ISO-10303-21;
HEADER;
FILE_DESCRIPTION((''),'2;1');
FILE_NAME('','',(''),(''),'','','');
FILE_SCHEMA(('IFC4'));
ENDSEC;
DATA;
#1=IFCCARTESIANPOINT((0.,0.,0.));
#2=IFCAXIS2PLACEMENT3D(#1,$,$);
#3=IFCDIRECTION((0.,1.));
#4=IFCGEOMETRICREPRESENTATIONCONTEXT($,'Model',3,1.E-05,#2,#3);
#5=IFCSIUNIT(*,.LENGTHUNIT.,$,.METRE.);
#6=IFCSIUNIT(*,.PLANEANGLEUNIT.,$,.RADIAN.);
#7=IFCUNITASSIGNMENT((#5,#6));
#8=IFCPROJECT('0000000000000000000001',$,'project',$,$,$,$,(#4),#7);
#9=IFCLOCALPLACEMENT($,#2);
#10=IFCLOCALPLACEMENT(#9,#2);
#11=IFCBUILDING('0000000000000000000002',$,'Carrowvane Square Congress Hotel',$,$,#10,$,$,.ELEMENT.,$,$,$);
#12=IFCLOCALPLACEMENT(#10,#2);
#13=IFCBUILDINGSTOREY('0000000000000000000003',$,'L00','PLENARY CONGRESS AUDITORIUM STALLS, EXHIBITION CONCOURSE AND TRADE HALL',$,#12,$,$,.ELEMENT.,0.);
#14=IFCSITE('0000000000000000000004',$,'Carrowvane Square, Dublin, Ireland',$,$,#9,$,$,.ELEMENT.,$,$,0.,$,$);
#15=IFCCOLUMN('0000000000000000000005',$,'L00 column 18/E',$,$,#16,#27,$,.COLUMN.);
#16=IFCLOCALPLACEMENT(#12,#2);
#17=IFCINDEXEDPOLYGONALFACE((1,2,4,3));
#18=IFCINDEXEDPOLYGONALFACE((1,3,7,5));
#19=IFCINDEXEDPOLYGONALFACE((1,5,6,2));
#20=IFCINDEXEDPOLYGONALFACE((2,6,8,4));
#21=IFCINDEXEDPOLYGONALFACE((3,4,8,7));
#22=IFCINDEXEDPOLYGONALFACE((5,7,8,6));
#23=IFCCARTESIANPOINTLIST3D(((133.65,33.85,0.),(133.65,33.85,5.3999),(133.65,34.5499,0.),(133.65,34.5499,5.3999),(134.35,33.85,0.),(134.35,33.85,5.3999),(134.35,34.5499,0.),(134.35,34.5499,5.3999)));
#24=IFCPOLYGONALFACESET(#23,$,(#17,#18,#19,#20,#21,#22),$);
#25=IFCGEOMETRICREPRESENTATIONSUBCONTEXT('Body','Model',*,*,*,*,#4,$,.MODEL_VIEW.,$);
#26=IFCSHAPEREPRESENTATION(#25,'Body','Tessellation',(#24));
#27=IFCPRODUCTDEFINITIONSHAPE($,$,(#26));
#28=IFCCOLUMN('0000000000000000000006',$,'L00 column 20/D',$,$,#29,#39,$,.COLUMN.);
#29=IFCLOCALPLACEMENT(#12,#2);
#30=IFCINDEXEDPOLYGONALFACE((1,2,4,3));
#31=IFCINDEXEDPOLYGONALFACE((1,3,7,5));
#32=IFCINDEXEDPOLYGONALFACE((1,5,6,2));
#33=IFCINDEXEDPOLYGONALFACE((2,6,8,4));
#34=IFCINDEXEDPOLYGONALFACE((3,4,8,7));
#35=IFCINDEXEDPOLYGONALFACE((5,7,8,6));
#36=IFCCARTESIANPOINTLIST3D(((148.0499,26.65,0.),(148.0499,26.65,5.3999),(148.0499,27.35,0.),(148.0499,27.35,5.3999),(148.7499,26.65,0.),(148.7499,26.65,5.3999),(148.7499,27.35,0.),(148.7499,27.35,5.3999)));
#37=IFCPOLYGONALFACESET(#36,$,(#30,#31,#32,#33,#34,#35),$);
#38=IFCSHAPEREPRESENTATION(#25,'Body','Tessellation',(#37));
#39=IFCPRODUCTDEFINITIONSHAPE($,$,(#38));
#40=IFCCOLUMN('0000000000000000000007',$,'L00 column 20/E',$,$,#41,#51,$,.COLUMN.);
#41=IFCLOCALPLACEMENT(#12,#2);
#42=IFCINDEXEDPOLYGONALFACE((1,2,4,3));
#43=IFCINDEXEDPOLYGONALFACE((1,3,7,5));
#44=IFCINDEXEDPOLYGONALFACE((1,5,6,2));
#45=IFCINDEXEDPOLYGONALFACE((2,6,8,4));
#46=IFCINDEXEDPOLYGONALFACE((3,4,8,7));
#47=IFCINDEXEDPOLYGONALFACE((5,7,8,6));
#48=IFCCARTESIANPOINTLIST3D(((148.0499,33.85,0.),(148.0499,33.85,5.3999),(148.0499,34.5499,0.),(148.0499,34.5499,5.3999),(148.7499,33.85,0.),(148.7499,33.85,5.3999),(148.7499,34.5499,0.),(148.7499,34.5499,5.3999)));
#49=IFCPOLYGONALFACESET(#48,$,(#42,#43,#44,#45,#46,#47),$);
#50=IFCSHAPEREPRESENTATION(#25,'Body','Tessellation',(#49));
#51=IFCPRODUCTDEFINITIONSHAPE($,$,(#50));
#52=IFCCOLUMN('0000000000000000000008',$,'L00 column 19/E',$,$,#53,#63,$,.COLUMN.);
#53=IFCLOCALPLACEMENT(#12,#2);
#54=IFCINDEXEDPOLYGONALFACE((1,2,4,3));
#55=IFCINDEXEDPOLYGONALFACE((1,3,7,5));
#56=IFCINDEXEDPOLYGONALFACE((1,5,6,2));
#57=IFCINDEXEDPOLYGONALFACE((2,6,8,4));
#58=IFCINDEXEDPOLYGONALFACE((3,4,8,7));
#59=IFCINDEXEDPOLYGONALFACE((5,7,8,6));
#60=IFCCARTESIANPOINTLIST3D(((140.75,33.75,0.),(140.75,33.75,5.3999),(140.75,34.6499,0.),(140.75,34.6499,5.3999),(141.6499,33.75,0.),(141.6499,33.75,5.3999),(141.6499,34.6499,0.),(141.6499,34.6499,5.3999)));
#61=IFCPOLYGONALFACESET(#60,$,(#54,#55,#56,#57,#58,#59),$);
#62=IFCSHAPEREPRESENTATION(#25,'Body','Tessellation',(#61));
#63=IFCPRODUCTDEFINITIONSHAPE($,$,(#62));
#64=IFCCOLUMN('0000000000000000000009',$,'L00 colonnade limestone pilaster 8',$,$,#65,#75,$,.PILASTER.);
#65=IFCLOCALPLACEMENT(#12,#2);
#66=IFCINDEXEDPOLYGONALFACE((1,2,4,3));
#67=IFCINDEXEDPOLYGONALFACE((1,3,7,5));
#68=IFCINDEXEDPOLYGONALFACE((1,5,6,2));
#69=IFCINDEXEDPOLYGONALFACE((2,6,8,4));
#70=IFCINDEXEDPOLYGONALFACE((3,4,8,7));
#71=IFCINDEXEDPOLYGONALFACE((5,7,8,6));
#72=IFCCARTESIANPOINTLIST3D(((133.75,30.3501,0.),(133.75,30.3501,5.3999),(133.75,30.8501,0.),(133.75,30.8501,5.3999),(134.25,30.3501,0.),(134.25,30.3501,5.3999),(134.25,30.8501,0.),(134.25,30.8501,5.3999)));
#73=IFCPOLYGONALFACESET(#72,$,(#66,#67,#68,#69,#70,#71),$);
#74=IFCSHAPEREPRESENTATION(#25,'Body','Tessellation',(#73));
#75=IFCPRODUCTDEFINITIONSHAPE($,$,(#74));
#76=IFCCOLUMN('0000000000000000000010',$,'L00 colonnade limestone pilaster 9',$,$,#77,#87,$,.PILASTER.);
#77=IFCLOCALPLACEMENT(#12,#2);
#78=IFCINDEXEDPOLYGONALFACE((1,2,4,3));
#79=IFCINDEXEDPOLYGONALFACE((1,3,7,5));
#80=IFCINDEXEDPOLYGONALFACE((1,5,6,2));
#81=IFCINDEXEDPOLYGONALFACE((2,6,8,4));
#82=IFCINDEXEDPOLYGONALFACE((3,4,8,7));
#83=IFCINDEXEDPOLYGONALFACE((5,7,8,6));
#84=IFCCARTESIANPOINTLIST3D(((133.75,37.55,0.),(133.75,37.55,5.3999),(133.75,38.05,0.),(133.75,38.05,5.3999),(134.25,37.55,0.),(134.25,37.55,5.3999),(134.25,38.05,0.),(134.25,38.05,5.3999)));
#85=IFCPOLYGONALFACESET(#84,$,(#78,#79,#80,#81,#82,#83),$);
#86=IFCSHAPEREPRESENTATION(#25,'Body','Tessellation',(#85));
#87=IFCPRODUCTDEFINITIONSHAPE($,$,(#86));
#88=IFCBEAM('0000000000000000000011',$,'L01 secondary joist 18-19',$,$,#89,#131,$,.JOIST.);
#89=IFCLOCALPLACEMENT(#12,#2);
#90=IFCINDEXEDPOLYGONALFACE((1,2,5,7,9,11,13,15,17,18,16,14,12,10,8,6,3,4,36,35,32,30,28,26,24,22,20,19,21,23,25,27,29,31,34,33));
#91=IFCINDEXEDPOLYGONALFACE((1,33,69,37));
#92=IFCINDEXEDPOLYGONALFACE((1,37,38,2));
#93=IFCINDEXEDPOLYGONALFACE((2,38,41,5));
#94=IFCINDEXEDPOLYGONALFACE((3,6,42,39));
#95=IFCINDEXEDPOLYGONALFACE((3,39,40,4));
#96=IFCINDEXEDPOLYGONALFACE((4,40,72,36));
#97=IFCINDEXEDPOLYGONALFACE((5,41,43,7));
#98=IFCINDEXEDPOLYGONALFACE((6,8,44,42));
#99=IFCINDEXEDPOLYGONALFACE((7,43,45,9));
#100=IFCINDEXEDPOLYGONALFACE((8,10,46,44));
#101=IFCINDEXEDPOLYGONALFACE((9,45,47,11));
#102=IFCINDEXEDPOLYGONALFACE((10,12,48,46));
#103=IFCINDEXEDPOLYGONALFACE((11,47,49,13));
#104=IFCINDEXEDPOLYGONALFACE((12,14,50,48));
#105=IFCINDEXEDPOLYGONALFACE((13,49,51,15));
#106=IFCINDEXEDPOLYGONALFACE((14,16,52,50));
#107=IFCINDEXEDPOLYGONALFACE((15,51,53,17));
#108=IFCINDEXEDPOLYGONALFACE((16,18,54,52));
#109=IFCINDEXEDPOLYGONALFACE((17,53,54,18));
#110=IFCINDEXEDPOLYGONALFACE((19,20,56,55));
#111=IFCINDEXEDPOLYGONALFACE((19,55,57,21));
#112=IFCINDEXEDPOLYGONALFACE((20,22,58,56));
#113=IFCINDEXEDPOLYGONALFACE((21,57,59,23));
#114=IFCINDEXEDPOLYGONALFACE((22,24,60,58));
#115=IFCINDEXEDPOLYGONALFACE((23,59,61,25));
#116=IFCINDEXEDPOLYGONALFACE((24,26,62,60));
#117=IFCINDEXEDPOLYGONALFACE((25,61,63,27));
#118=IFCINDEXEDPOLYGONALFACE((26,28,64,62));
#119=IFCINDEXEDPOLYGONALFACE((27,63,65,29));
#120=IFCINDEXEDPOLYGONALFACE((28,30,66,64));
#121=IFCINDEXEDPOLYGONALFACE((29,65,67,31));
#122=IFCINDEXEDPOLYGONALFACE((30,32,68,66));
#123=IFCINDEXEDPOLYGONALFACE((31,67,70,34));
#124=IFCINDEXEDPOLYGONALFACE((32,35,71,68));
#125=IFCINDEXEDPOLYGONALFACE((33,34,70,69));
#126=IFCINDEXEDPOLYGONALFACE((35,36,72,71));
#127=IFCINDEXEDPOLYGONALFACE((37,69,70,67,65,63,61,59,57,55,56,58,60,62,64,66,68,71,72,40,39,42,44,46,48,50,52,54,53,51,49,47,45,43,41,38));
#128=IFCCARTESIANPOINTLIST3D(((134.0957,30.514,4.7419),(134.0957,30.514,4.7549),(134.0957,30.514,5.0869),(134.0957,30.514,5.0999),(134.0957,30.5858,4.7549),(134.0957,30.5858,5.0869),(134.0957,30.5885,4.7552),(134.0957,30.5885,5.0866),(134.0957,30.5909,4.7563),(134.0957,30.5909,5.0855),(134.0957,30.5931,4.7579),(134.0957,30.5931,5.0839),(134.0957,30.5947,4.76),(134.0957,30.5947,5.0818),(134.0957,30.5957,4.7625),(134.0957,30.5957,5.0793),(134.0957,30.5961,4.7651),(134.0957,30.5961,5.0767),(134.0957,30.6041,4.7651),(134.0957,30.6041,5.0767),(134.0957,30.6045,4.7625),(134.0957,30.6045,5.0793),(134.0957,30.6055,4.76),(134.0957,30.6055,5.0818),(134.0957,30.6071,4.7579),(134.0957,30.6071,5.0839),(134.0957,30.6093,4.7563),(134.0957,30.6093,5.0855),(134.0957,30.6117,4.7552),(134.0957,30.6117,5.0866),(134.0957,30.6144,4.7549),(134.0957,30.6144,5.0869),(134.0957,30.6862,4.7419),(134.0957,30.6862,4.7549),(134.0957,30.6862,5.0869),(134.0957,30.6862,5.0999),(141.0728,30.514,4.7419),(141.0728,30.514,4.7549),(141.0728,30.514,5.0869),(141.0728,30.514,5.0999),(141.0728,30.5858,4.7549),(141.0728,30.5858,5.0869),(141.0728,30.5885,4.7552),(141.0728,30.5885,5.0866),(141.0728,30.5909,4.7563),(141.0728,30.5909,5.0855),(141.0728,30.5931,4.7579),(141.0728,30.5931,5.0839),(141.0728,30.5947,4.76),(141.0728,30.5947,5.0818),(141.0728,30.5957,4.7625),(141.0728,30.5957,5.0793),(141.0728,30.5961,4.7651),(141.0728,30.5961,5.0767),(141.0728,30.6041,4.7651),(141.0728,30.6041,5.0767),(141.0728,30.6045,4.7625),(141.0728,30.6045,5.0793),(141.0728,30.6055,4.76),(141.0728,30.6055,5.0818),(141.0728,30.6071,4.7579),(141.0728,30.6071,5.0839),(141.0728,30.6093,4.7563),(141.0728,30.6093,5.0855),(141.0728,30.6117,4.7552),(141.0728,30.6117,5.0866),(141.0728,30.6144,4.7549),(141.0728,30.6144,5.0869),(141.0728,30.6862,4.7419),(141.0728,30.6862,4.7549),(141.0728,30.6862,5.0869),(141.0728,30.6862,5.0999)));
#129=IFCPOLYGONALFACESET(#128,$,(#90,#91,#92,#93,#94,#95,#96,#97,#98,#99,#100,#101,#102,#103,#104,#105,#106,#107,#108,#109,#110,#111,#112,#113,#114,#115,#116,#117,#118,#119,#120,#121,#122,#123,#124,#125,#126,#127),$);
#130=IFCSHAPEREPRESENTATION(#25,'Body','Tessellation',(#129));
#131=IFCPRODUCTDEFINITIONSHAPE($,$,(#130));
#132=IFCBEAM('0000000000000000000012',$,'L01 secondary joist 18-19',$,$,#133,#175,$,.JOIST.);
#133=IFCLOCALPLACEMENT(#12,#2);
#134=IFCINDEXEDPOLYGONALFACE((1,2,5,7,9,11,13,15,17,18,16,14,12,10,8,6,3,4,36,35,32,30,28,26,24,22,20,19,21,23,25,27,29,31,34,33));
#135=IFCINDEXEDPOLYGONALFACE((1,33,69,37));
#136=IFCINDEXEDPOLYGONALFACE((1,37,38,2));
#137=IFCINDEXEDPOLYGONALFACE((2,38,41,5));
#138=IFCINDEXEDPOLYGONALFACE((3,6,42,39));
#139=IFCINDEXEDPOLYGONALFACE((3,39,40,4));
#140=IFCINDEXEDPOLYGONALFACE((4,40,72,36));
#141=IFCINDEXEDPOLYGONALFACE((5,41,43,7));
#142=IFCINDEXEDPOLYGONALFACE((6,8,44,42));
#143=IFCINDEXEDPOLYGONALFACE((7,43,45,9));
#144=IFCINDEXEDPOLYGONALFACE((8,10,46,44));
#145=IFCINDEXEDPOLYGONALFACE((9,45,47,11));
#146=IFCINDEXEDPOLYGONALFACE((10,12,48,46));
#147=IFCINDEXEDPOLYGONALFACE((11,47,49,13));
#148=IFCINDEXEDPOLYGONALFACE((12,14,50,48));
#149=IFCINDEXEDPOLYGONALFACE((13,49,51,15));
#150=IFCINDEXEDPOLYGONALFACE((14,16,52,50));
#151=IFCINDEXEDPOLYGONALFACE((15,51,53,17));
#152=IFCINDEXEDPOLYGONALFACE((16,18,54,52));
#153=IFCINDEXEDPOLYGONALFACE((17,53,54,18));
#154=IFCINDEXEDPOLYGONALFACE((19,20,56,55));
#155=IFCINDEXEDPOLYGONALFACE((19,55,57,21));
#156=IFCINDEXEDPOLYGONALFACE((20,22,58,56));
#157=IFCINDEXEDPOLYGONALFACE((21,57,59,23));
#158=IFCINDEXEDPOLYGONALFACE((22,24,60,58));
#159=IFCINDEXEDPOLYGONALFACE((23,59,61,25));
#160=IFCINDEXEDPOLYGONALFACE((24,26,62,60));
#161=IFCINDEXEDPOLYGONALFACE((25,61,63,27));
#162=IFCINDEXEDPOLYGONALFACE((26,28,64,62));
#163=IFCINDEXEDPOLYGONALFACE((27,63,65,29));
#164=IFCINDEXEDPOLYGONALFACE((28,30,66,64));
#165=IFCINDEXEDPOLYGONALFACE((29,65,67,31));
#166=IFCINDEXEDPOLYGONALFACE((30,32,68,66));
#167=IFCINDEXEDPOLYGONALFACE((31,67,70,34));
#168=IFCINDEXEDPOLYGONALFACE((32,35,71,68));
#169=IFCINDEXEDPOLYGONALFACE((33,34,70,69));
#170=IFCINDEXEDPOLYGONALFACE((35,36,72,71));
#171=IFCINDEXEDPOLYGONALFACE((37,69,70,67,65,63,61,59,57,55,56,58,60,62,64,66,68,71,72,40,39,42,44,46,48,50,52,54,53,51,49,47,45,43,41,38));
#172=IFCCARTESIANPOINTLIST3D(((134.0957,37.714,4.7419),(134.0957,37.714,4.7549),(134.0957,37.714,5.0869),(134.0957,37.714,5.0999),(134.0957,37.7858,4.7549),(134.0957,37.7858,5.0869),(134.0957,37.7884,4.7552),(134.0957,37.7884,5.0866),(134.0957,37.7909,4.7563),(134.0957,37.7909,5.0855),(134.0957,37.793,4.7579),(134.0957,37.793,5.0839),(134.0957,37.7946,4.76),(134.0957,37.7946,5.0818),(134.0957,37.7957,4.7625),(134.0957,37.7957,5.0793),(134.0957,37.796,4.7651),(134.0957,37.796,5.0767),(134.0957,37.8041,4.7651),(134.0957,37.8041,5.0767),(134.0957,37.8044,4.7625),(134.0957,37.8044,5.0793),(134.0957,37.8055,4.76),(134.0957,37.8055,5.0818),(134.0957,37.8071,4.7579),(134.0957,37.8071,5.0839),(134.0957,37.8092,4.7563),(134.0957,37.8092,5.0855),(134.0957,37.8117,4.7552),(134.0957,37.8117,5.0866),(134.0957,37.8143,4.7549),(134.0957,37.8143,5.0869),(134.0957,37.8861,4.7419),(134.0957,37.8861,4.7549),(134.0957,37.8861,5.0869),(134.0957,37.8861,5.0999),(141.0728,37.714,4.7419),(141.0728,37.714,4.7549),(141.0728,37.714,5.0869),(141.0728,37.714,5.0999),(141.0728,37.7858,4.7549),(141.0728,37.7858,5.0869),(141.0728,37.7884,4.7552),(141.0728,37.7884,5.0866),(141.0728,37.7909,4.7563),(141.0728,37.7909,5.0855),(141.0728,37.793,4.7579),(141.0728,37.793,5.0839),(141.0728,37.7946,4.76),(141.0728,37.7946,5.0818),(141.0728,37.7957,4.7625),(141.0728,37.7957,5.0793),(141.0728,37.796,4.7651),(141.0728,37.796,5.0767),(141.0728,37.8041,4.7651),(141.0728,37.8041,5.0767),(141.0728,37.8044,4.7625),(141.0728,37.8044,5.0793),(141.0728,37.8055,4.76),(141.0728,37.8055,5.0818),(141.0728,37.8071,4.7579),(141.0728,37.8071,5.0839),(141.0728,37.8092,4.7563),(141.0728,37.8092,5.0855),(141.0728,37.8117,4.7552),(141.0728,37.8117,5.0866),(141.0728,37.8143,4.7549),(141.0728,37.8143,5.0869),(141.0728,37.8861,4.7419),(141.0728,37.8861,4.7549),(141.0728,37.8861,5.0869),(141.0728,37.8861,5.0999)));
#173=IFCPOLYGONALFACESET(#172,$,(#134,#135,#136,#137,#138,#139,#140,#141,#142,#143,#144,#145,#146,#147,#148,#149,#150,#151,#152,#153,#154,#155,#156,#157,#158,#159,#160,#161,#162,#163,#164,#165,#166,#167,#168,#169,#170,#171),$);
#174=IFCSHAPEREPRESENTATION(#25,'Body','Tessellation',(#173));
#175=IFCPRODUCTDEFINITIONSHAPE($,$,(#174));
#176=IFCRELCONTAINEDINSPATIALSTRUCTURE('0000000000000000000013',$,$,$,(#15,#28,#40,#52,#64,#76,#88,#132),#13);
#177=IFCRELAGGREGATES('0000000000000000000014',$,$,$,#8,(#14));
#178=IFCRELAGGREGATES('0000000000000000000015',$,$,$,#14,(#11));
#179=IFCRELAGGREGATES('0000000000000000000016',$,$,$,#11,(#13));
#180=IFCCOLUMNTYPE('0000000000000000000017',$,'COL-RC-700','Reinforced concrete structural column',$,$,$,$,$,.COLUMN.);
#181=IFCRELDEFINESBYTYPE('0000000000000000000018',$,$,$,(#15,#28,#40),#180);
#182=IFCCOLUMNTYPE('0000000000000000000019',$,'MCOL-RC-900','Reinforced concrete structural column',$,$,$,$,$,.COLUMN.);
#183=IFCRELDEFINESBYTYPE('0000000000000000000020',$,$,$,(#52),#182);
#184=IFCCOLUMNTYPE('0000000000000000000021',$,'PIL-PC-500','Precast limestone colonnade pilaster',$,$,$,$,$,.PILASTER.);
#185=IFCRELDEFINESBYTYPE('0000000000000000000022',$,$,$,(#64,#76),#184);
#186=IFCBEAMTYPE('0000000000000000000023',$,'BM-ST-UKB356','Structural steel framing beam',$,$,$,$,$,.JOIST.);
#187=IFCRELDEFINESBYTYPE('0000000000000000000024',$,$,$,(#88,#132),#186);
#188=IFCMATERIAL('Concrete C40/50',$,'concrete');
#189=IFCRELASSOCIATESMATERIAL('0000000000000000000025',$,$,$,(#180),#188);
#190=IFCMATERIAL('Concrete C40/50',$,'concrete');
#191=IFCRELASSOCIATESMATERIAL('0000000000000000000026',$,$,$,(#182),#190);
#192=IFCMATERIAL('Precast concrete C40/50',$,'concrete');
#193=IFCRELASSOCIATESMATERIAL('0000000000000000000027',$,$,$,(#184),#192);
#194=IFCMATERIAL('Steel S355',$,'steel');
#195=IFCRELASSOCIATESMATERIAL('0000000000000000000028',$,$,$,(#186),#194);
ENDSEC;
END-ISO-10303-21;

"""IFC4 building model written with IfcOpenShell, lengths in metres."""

from ifc_helpers import new_model, si_unit, direction, frame, origin, origin_2d, place, context, subcontext, project, spatial, rectangle, i_section, extrude, material, material_profile, profile_set, type_object, element, save


model = new_model("IFC4")

# Units and contexts
model_context = context("Model", 3, precision=1e-05, world=origin(), true_north=direction((0.0, 1.0)))
body_context = subcontext(model_context, "Body", "Model", "MODEL_VIEW")
ifc_project = project(units=[si_unit("LENGTHUNIT", "METRE"), si_unit("PLANEANGLEUNIT", "RADIAN")], contexts=[model_context])

# Site, building, storey
site_placement = place(None, origin())
site = spatial("IfcSite", under=ifc_project, at=site_placement, Name="Carrowvane Square, Dublin, Ireland", CompositionType="ELEMENT", RefElevation=0.0)
building_placement = place(site_placement, origin())
building = spatial("IfcBuilding", under=site, at=building_placement, Name="Carrowvane Square Congress Hotel", CompositionType="ELEMENT")
storey_placement = place(building_placement, origin())
storey = spatial("IfcBuildingStorey", under=building, at=storey_placement, Name="L00", Description="PLENARY CONGRESS AUDITORIUM STALLS, EXHIBITION CONCOURSE AND TRADE HALL", CompositionType="ELEMENT", Elevation=0.0)

# Columns
ifc_material_1 = material(Name="Concrete C40/50", Category="concrete")
ifc_material_profile_1 = material_profile(ifc_material_1, rectangle(XDim=0.7, YDim=0.7, at=origin_2d()), Name="RC 700x700")
ifc_profile_set_1 = profile_set([ifc_material_profile_1], Name="Concrete C40/50")
column_type_1 = type_object("IfcColumnType", Name="COL-RC-700", Description="Reinforced concrete structural column", PredefinedType="COLUMN", material=ifc_profile_set_1)
for number, where, z_axis, x_axis, name in (
    (1, (134.0, 34.2, 0.0), (0.0, 0.0, 1.0), (1.0, 0.0, 0.0), "L00 column 18/E"),
    (2, (148.3999, 27.0, 0.0), (0.0, 0.0, 1.0), (1.0, 0.0, 0.0), "L00 column 20/D"),
    (3, (148.3999, 34.2, 0.0), (0.0, 0.0, 1.0), (1.0, 0.0, 0.0), "L00 column 20/E"),
):
    element("IfcColumn", number, at=place(storey_placement, frame(where, z_axis=z_axis, x_axis=x_axis)), inside=storey, type_object=column_type_1, Name=name, PredefinedType="COLUMN", context=body_context, shape_type="SweptSolid", body=[
        extrude(rectangle(XDim=0.7, YDim=0.7, at=origin_2d()), origin(), (0.0, 0.0, 1.0), 5.3999),
    ])
ifc_material_2 = material(Name="Concrete C40/50", Category="concrete")
ifc_material_profile_2 = material_profile(ifc_material_2, rectangle(XDim=0.8999, YDim=0.8999, at=origin_2d()), Name="RC 900x900")
ifc_profile_set_2 = profile_set([ifc_material_profile_2], Name="Concrete C40/50")
column_type_2 = type_object("IfcColumnType", Name="MCOL-RC-900", Description="Reinforced concrete structural column", PredefinedType="COLUMN", material=ifc_profile_set_2)
column_placement = place(storey_placement, frame((141.2, 34.2, 0.0), z_axis=(0.0, 0.0, 1.0), x_axis=(1.0, 0.0, 0.0)))
element("IfcColumn", 4, at=column_placement, inside=storey, type_object=column_type_2, Name="L00 column 19/E", PredefinedType="COLUMN", context=body_context, shape_type="SweptSolid", body=[
    extrude(rectangle(XDim=0.8999, YDim=0.8999, at=origin_2d()), origin(), (0.0, 0.0, 1.0), 5.3999),
])
ifc_material_3 = material(Name="Precast concrete C40/50", Category="concrete")
ifc_material_profile_3 = material_profile(ifc_material_3, rectangle(XDim=0.5, YDim=0.5, at=origin_2d()), Name="RC 500x500")
ifc_profile_set_3 = profile_set([ifc_material_profile_3], Name="Precast concrete C40/50")
column_type_3 = type_object("IfcColumnType", Name="PIL-PC-500", Description="Precast limestone colonnade pilaster", PredefinedType="PILASTER", material=ifc_profile_set_3)
for number, where, z_axis, x_axis, name in (
    (5, (134.0, 30.6001, 0.0), (0.0, 0.0, 1.0), (1.0, 0.0, 0.0), "L00 colonnade limestone pilaster 8"),
    (6, (134.0, 37.8, 0.0), (0.0, 0.0, 1.0), (1.0, 0.0, 0.0), "L00 colonnade limestone pilaster 9"),
):
    element("IfcColumn", number, at=place(storey_placement, frame(where, z_axis=z_axis, x_axis=x_axis)), inside=storey, type_object=column_type_3, Name=name, PredefinedType="PILASTER", context=body_context, shape_type="SweptSolid", body=[
        extrude(rectangle(XDim=0.5, YDim=0.5, at=origin_2d()), origin(), (0.0, 0.0, 1.0), 5.3999),
    ])

# Beams
ifc_material_4 = material(Name="Steel S355", Category="steel")
ifc_material_profile_4 = material_profile(ifc_material_4, i_section(OverallWidth=0.1721, OverallDepth=0.3579, WebThickness=0.0081, FlangeThickness=0.0129, FilletRadius=0.0103, at=origin_2d()), Name="UKB 356x171x57")
ifc_profile_set_4 = profile_set([ifc_material_profile_4], Name="Steel S355")
beam_type_1 = type_object("IfcBeamType", Name="BM-ST-UKB356", Description="Structural steel framing beam", PredefinedType="JOIST", material=ifc_profile_set_4)
for number, where, z_axis, x_axis, name in (
    (7, (134.0957, 30.6001, 4.9209), (1.0, 0.0, 0.0), (0.0, 1.0, 0.0), "L01 secondary joist 18-19"),
    (8, (134.0957, 37.8, 4.9209), (1.0, 0.0, 0.0), (0.0, 1.0, 0.0), "L01 secondary joist 18-19"),
):
    element("IfcBeam", number, at=place(storey_placement, frame(where, z_axis=z_axis, x_axis=x_axis)), inside=storey, type_object=beam_type_1, Name=name, PredefinedType="JOIST", context=body_context, shape_type="SweptSolid", body=[
        extrude(i_section(OverallWidth=0.1721, OverallDepth=0.3579, WebThickness=0.0081, FlangeThickness=0.0129, FilletRadius=0.0103, at=origin_2d()), origin(), (0.0, 0.0, 1.0), 6.9771),
    ])

save(model, "model.ifc")
